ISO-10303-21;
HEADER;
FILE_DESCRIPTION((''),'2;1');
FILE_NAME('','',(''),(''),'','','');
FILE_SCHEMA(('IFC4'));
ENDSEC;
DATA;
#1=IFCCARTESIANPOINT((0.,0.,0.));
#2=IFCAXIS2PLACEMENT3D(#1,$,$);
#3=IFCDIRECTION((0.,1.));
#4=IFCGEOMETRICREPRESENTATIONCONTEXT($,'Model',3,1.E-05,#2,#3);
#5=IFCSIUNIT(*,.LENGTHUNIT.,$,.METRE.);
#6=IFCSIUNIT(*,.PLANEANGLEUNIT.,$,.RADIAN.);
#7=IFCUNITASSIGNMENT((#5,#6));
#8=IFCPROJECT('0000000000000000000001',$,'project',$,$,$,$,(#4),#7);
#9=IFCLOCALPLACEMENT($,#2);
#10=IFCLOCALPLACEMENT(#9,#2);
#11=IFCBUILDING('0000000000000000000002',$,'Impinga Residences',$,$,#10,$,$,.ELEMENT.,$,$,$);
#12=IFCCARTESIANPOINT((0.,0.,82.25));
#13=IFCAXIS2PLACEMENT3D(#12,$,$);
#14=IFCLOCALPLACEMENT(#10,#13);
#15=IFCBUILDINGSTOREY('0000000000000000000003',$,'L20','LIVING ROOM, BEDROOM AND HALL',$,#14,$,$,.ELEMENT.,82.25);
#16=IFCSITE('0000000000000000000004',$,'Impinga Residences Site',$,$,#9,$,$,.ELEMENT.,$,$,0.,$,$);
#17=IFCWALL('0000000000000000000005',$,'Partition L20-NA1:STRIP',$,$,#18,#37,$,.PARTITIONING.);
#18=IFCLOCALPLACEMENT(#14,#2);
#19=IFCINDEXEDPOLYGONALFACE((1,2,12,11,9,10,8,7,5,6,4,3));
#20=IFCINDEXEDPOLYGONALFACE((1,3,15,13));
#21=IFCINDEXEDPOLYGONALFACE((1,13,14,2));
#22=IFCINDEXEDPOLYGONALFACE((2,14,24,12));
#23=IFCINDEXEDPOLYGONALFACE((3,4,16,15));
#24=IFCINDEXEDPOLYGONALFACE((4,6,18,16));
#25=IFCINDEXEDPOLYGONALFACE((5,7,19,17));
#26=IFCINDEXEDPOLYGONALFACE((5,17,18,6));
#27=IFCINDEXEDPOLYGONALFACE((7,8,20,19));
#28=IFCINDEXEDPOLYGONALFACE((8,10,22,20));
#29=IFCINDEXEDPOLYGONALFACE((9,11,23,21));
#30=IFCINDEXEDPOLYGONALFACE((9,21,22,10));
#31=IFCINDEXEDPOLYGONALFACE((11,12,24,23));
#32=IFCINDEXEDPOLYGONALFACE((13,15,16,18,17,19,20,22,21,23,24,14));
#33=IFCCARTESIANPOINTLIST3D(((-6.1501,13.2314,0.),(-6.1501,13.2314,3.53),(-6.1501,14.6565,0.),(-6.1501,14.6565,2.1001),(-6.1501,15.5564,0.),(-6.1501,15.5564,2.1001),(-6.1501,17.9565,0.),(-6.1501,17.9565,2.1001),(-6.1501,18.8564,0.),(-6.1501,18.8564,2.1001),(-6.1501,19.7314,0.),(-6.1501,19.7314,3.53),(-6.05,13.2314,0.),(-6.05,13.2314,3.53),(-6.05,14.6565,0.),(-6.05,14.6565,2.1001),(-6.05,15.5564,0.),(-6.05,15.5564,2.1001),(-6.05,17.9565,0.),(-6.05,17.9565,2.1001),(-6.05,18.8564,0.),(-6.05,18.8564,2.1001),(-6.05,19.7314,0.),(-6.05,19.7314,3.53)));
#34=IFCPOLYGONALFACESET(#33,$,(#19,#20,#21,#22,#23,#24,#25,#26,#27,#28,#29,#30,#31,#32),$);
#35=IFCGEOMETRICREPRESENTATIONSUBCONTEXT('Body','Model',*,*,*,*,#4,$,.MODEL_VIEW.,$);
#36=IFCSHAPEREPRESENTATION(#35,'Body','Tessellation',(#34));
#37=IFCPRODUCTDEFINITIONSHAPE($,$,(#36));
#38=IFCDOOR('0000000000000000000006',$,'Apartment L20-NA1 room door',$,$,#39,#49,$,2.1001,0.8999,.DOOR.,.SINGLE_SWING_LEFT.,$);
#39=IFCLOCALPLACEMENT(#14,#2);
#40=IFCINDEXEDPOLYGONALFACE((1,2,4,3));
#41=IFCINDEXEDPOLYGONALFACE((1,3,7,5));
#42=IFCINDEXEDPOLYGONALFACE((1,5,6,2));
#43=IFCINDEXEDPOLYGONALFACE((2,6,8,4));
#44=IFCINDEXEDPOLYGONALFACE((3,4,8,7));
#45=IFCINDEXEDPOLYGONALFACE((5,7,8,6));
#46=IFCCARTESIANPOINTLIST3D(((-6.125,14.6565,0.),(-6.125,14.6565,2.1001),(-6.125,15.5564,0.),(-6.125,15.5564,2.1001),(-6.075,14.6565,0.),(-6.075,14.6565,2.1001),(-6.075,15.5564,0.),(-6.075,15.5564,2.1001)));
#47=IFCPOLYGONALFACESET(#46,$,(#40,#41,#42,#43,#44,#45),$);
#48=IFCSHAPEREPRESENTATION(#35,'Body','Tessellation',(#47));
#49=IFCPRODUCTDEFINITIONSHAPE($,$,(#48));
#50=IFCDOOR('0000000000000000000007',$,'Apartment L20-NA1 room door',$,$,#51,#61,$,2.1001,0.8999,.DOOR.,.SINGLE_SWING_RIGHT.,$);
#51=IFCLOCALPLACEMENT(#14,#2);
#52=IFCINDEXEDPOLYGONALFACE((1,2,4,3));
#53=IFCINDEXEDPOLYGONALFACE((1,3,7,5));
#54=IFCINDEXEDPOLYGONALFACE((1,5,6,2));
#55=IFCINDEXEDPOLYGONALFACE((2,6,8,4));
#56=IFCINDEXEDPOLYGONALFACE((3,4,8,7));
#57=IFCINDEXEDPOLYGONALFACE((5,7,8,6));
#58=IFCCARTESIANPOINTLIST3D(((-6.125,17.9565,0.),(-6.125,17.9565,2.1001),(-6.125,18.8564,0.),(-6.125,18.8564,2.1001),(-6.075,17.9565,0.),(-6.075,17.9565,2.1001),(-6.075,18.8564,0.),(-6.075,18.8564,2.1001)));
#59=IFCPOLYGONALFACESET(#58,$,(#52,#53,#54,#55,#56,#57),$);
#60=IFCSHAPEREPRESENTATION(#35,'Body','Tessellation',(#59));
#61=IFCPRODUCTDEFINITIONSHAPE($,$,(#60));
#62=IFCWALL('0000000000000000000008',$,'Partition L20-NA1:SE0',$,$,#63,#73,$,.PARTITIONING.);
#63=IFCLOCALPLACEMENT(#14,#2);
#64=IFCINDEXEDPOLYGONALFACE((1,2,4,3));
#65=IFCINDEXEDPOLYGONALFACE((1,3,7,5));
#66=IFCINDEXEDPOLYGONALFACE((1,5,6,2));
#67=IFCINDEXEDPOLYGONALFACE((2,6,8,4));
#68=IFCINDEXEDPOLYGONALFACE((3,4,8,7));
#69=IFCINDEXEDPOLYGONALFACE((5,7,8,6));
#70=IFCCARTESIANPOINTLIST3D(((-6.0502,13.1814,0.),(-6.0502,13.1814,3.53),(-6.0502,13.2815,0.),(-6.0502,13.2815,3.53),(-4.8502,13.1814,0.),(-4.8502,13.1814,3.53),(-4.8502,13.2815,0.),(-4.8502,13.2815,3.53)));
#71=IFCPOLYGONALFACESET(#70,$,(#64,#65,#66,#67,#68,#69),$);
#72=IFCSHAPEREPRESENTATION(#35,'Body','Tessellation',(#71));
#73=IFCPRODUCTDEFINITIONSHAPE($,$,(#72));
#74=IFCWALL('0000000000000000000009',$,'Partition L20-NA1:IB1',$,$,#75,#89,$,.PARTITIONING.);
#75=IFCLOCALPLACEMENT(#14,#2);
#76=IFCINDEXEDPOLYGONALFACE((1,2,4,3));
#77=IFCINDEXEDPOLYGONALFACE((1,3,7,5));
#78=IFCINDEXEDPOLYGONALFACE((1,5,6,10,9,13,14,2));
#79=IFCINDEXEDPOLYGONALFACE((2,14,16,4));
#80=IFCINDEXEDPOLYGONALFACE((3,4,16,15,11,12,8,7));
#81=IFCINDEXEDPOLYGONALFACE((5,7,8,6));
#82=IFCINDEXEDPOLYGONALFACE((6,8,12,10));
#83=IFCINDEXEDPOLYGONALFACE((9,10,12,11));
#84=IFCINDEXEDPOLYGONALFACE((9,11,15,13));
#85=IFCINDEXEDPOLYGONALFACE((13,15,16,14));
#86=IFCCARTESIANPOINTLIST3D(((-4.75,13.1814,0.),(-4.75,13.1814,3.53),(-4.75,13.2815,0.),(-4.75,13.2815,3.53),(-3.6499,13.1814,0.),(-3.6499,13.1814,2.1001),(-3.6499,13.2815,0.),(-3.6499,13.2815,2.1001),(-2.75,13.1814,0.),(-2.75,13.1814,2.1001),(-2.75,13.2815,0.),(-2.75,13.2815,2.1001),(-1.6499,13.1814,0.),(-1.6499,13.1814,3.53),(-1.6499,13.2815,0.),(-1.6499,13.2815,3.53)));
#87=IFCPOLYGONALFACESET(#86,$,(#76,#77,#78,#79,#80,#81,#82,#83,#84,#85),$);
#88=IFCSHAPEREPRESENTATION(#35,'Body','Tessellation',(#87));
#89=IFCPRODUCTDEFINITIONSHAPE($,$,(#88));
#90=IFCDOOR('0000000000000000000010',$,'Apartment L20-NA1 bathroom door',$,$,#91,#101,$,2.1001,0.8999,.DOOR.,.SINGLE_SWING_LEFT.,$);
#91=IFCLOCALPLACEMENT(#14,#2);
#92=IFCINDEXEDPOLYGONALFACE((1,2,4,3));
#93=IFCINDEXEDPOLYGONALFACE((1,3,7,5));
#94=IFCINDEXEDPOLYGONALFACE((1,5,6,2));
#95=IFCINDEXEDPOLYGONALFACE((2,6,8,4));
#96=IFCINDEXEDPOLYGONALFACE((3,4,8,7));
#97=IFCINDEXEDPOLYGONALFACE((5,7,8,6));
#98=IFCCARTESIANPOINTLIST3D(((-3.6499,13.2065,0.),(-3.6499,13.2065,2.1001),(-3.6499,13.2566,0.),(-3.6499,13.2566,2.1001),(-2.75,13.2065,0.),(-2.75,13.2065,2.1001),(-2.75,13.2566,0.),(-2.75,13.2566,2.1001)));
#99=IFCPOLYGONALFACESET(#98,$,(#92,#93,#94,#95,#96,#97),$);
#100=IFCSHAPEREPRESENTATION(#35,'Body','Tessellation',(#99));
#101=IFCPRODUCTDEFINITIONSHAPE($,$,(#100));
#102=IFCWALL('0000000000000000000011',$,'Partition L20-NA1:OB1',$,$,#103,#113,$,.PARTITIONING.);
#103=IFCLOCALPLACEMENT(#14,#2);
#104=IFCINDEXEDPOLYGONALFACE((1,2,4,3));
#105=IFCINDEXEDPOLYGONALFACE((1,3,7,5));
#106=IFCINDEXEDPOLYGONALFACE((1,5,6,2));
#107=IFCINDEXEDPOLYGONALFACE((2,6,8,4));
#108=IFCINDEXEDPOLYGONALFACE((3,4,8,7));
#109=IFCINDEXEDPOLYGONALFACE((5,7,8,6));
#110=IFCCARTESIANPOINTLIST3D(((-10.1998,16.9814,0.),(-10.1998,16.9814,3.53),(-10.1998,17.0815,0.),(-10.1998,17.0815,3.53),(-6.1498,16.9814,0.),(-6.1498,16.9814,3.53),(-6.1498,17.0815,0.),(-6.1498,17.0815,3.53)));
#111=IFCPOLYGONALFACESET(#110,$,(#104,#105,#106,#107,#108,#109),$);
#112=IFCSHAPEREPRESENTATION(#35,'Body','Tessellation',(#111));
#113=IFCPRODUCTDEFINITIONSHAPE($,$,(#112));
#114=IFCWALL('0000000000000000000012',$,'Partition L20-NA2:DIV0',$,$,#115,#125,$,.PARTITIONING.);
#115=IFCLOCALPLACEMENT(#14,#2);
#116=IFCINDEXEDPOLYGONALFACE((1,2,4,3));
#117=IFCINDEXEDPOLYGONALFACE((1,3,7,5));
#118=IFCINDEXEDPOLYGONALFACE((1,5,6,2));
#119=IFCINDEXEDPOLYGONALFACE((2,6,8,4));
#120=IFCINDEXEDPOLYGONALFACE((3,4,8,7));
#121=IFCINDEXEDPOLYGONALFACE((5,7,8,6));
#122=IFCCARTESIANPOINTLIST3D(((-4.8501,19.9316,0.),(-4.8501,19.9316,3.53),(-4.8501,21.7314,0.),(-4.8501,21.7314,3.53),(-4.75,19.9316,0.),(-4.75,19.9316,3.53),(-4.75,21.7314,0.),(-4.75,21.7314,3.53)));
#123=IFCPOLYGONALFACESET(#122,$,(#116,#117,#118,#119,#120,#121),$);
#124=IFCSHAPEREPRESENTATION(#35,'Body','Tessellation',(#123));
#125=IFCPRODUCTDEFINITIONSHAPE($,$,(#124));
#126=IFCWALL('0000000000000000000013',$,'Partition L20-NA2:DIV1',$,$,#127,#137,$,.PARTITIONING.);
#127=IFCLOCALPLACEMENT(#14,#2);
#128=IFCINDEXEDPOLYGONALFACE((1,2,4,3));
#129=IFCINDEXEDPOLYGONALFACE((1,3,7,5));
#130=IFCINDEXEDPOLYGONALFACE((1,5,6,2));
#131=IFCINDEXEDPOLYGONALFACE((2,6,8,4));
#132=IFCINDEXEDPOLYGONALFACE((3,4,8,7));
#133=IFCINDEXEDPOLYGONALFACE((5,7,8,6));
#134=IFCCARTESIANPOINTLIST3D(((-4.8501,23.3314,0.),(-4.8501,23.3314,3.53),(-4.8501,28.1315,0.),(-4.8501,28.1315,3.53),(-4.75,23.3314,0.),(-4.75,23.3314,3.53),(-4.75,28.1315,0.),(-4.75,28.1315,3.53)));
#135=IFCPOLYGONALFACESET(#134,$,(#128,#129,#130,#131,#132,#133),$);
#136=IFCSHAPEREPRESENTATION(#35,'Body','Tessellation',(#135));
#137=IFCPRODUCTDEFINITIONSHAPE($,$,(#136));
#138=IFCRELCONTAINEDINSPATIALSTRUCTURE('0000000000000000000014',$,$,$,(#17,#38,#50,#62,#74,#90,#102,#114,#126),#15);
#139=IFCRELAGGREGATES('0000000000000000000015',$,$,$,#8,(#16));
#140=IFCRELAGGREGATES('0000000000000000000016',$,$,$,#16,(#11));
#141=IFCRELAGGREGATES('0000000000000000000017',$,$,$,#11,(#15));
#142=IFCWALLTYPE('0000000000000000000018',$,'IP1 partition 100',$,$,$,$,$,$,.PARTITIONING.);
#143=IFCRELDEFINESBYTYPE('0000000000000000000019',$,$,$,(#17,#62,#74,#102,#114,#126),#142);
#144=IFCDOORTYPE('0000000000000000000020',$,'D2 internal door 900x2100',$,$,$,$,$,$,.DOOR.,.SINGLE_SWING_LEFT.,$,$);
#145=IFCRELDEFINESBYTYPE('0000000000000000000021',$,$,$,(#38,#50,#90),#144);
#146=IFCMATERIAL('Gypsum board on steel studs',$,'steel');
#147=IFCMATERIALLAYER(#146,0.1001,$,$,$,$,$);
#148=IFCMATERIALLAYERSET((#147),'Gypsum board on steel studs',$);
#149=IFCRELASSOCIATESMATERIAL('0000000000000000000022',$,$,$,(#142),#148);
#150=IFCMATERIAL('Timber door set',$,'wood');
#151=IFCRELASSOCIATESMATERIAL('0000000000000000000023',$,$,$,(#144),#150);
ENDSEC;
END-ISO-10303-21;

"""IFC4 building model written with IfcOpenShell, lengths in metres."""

from ifc_helpers import new_model, si_unit, direction, frame, frame_2d, origin, place, context, subcontext, project, spatial, rectangle, extrude, material, layer, layer_set, type_object, element, fill, save


model = new_model("IFC4")

# Units and contexts
model_context = context("Model", 3, precision=1e-05, world=origin(), true_north=direction((0.0, 1.0)))
body_context = subcontext(model_context, "Body", "Model", "MODEL_VIEW")
ifc_project = project(units=[si_unit("LENGTHUNIT", "METRE"), si_unit("PLANEANGLEUNIT", "RADIAN")], contexts=[model_context])

# Site, building, storey
site_placement = place(None, origin())
site = spatial("IfcSite", under=ifc_project, at=site_placement, Name="Impinga Residences Site", CompositionType="ELEMENT", RefElevation=0.0)
building_placement = place(site_placement, origin())
building = spatial("IfcBuilding", under=site, at=building_placement, Name="Impinga Residences", CompositionType="ELEMENT")
storey_placement = place(building_placement, frame((0.0, 0.0, 82.25)))
storey = spatial("IfcBuildingStorey", under=building, at=storey_placement, Name="L20", Description="LIVING ROOM, BEDROOM AND HALL", CompositionType="ELEMENT", Elevation=82.25)

# Shared definitions
ifc_material_1 = material(Name="Gypsum board on steel studs", Category="steel")
ifc_layer_1 = layer(ifc_material_1, 0.1001)
ifc_layer_set_1 = layer_set([ifc_layer_1], Name="Gypsum board on steel studs")
wall_type_1 = type_object("IfcWallType", Name="IP1 partition 100", PredefinedType="PARTITIONING", material=ifc_layer_set_1)

# Wall, openings, doors
wall_1_placement = place(storey_placement, frame((-6.1001, 13.2314, 0.0), z_axis=(0.0, 0.0, 1.0), x_axis=(0.0, 1.0, 0.0)))
wall_1 = element("IfcWall", 1, at=wall_1_placement, inside=storey, type_object=wall_type_1, Name="Partition L20-NA1:STRIP", PredefinedType="PARTITIONING", context=body_context, shape_type="SweptSolid", body=[
    extrude(rectangle(XDim=6.5, YDim=0.1001, at=frame_2d((3.25, 0.0))), origin(), (0.0, 0.0, 1.0), 3.53),
])
opening_1_placement = place(wall_1_placement, frame((1.425, 0.0, 0.0)))
opening_1 = element("IfcOpeningElement", 2, at=opening_1_placement, cuts=wall_1, PredefinedType="OPENING", context=body_context, shape_type="SweptSolid", body=[
    extrude(rectangle(XDim=0.8999, YDim=2.1001, at=frame_2d((0.45, 1.05))), frame((0.0, 0.0601, 0.0), z_axis=(0.0, -1.0, 0.0), x_axis=(1.0, 0.0, 0.0)), (0.0, 0.0, 1.0), 0.1201),
])
opening_2_placement = place(wall_1_placement, frame((4.7251, 0.0, 0.0)))
opening_2 = element("IfcOpeningElement", 3, at=opening_2_placement, cuts=wall_1, PredefinedType="OPENING", context=body_context, shape_type="SweptSolid", body=[
    extrude(rectangle(XDim=0.8999, YDim=2.1001, at=frame_2d((0.45, 1.05))), frame((0.0, 0.0601, 0.0), z_axis=(0.0, -1.0, 0.0), x_axis=(1.0, 0.0, 0.0)), (0.0, 0.0, 1.0), 0.1201),
])
ifc_material_2 = material(Name="Timber door set", Category="wood")
door_type = type_object("IfcDoorType", Name="D2 internal door 900x2100", OperationType="SINGLE_SWING_LEFT", PredefinedType="DOOR", material=ifc_material_2)
door_1_placement = place(opening_1_placement, origin())
door_1 = element("IfcDoor", 4, at=door_1_placement, inside=storey, type_object=door_type, Name="Apartment L20-NA1 room door", OperationType="SINGLE_SWING_LEFT", OverallHeight=2.1001, OverallWidth=0.8999, PredefinedType="DOOR", context=body_context, shape_type="SweptSolid", body=[
    extrude(rectangle(XDim=0.8999, YDim=2.1001, at=frame_2d((0.45, 1.05))), frame((0.0, 0.0249, 0.0), z_axis=(0.0, -1.0, 0.0), x_axis=(1.0, 0.0, 0.0)), (0.0, 0.0, 1.0), 0.05),
])
fill(opening_1, door_1)
door_2_placement = place(opening_2_placement, origin())
door_2 = element("IfcDoor", 5, at=door_2_placement, inside=storey, type_object=door_type, Name="Apartment L20-NA1 room door", OperationType="SINGLE_SWING_RIGHT", OverallHeight=2.1001, OverallWidth=0.8999, PredefinedType="DOOR", context=body_context, shape_type="SweptSolid", body=[
    extrude(rectangle(XDim=0.8999, YDim=2.1001, at=frame_2d((0.45, 1.05))), frame((0.0, 0.0249, 0.0), z_axis=(0.0, -1.0, 0.0), x_axis=(1.0, 0.0, 0.0)), (0.0, 0.0, 1.0), 0.05),
])
fill(opening_2, door_2)

# Wall
wall_2_placement = place(storey_placement, frame((-4.8501, 13.2314, 0.0), z_axis=(0.0, 0.0, 1.0), x_axis=(-1.0, 0.0, 0.0)))
element("IfcWall", 6, at=wall_2_placement, inside=storey, type_object=wall_type_1, Name="Partition L20-NA1:SE0", PredefinedType="PARTITIONING", context=body_context, shape_type="SweptSolid", body=[
    extrude(rectangle(XDim=1.2, YDim=0.1001, at=frame_2d((0.6001, 0.0))), origin(), (0.0, 0.0, 1.0), 3.53),
])

# Wall, opening, door
wall_3_placement = place(storey_placement, frame((-1.6499, 13.2314, 0.0), z_axis=(0.0, 0.0, 1.0), x_axis=(-1.0, 0.0, 0.0)))
wall_3 = element("IfcWall", 7, at=wall_3_placement, inside=storey, type_object=wall_type_1, Name="Partition L20-NA1:IB1", PredefinedType="PARTITIONING", context=body_context, shape_type="SweptSolid", body=[
    extrude(rectangle(XDim=3.1001, YDim=0.1001, at=frame_2d((1.55, 0.0))), origin(), (0.0, 0.0, 1.0), 3.53),
])
opening_3_placement = place(wall_3_placement, frame((1.1001, 0.0, 0.0)))
opening_3 = element("IfcOpeningElement", 8, at=opening_3_placement, cuts=wall_3, PredefinedType="OPENING", context=body_context, shape_type="SweptSolid", body=[
    extrude(rectangle(XDim=0.8999, YDim=2.1001, at=frame_2d((0.45, 1.05))), frame((0.0, 0.0601, 0.0), z_axis=(0.0, -1.0, 0.0), x_axis=(1.0, 0.0, 0.0)), (0.0, 0.0, 1.0), 0.1201),
])
door_3_placement = place(opening_3_placement, origin())
door_3 = element("IfcDoor", 9, at=door_3_placement, inside=storey, type_object=door_type, Name="Apartment L20-NA1 bathroom door", OperationType="SINGLE_SWING_LEFT", OverallHeight=2.1001, OverallWidth=0.8999, PredefinedType="DOOR", context=body_context, shape_type="SweptSolid", body=[
    extrude(rectangle(XDim=0.8999, YDim=2.1001, at=frame_2d((0.45, 1.05))), frame((0.0, 0.0249, 0.0), z_axis=(0.0, -1.0, 0.0), x_axis=(1.0, 0.0, 0.0)), (0.0, 0.0, 1.0), 0.05),
])
fill(opening_3, door_3)

# Walls
wall_4_placement = place(storey_placement, frame((-6.1499, 17.0315, 0.0), z_axis=(0.0, 0.0, 1.0), x_axis=(-1.0, 0.0, 0.0)))
element("IfcWall", 10, at=wall_4_placement, inside=storey, type_object=wall_type_1, Name="Partition L20-NA1:OB1", PredefinedType="PARTITIONING", context=body_context, shape_type="SweptSolid", body=[
    extrude(rectangle(XDim=4.05, YDim=0.1001, at=frame_2d((2.0249, 0.0))), origin(), (0.0, 0.0, 1.0), 3.53),
])
wall_5_placement = place(storey_placement, frame((-4.8, 19.9316, 0.0), z_axis=(0.0, 0.0, 1.0), x_axis=(0.0, 1.0, 0.0)))
element("IfcWall", 11, at=wall_5_placement, inside=storey, type_object=wall_type_1, Name="Partition L20-NA2:DIV0", PredefinedType="PARTITIONING", context=body_context, shape_type="SweptSolid", body=[
    extrude(rectangle(XDim=1.7998, YDim=0.1001, at=frame_2d((0.8999, 0.0))), origin(), (0.0, 0.0, 1.0), 3.53),
])
wall_6_placement = place(storey_placement, frame((-4.8, 23.3315, 0.0), z_axis=(0.0, 0.0, 1.0), x_axis=(0.0, 1.0, 0.0)))
element("IfcWall", 12, at=wall_6_placement, inside=storey, type_object=wall_type_1, Name="Partition L20-NA2:DIV1", PredefinedType="PARTITIONING", context=body_context, shape_type="SweptSolid", body=[
    extrude(rectangle(XDim=4.8, YDim=0.1001, at=frame_2d((2.3999, 0.0))), origin(), (0.0, 0.0, 1.0), 3.53),
])

save(model, "model.ifc")
